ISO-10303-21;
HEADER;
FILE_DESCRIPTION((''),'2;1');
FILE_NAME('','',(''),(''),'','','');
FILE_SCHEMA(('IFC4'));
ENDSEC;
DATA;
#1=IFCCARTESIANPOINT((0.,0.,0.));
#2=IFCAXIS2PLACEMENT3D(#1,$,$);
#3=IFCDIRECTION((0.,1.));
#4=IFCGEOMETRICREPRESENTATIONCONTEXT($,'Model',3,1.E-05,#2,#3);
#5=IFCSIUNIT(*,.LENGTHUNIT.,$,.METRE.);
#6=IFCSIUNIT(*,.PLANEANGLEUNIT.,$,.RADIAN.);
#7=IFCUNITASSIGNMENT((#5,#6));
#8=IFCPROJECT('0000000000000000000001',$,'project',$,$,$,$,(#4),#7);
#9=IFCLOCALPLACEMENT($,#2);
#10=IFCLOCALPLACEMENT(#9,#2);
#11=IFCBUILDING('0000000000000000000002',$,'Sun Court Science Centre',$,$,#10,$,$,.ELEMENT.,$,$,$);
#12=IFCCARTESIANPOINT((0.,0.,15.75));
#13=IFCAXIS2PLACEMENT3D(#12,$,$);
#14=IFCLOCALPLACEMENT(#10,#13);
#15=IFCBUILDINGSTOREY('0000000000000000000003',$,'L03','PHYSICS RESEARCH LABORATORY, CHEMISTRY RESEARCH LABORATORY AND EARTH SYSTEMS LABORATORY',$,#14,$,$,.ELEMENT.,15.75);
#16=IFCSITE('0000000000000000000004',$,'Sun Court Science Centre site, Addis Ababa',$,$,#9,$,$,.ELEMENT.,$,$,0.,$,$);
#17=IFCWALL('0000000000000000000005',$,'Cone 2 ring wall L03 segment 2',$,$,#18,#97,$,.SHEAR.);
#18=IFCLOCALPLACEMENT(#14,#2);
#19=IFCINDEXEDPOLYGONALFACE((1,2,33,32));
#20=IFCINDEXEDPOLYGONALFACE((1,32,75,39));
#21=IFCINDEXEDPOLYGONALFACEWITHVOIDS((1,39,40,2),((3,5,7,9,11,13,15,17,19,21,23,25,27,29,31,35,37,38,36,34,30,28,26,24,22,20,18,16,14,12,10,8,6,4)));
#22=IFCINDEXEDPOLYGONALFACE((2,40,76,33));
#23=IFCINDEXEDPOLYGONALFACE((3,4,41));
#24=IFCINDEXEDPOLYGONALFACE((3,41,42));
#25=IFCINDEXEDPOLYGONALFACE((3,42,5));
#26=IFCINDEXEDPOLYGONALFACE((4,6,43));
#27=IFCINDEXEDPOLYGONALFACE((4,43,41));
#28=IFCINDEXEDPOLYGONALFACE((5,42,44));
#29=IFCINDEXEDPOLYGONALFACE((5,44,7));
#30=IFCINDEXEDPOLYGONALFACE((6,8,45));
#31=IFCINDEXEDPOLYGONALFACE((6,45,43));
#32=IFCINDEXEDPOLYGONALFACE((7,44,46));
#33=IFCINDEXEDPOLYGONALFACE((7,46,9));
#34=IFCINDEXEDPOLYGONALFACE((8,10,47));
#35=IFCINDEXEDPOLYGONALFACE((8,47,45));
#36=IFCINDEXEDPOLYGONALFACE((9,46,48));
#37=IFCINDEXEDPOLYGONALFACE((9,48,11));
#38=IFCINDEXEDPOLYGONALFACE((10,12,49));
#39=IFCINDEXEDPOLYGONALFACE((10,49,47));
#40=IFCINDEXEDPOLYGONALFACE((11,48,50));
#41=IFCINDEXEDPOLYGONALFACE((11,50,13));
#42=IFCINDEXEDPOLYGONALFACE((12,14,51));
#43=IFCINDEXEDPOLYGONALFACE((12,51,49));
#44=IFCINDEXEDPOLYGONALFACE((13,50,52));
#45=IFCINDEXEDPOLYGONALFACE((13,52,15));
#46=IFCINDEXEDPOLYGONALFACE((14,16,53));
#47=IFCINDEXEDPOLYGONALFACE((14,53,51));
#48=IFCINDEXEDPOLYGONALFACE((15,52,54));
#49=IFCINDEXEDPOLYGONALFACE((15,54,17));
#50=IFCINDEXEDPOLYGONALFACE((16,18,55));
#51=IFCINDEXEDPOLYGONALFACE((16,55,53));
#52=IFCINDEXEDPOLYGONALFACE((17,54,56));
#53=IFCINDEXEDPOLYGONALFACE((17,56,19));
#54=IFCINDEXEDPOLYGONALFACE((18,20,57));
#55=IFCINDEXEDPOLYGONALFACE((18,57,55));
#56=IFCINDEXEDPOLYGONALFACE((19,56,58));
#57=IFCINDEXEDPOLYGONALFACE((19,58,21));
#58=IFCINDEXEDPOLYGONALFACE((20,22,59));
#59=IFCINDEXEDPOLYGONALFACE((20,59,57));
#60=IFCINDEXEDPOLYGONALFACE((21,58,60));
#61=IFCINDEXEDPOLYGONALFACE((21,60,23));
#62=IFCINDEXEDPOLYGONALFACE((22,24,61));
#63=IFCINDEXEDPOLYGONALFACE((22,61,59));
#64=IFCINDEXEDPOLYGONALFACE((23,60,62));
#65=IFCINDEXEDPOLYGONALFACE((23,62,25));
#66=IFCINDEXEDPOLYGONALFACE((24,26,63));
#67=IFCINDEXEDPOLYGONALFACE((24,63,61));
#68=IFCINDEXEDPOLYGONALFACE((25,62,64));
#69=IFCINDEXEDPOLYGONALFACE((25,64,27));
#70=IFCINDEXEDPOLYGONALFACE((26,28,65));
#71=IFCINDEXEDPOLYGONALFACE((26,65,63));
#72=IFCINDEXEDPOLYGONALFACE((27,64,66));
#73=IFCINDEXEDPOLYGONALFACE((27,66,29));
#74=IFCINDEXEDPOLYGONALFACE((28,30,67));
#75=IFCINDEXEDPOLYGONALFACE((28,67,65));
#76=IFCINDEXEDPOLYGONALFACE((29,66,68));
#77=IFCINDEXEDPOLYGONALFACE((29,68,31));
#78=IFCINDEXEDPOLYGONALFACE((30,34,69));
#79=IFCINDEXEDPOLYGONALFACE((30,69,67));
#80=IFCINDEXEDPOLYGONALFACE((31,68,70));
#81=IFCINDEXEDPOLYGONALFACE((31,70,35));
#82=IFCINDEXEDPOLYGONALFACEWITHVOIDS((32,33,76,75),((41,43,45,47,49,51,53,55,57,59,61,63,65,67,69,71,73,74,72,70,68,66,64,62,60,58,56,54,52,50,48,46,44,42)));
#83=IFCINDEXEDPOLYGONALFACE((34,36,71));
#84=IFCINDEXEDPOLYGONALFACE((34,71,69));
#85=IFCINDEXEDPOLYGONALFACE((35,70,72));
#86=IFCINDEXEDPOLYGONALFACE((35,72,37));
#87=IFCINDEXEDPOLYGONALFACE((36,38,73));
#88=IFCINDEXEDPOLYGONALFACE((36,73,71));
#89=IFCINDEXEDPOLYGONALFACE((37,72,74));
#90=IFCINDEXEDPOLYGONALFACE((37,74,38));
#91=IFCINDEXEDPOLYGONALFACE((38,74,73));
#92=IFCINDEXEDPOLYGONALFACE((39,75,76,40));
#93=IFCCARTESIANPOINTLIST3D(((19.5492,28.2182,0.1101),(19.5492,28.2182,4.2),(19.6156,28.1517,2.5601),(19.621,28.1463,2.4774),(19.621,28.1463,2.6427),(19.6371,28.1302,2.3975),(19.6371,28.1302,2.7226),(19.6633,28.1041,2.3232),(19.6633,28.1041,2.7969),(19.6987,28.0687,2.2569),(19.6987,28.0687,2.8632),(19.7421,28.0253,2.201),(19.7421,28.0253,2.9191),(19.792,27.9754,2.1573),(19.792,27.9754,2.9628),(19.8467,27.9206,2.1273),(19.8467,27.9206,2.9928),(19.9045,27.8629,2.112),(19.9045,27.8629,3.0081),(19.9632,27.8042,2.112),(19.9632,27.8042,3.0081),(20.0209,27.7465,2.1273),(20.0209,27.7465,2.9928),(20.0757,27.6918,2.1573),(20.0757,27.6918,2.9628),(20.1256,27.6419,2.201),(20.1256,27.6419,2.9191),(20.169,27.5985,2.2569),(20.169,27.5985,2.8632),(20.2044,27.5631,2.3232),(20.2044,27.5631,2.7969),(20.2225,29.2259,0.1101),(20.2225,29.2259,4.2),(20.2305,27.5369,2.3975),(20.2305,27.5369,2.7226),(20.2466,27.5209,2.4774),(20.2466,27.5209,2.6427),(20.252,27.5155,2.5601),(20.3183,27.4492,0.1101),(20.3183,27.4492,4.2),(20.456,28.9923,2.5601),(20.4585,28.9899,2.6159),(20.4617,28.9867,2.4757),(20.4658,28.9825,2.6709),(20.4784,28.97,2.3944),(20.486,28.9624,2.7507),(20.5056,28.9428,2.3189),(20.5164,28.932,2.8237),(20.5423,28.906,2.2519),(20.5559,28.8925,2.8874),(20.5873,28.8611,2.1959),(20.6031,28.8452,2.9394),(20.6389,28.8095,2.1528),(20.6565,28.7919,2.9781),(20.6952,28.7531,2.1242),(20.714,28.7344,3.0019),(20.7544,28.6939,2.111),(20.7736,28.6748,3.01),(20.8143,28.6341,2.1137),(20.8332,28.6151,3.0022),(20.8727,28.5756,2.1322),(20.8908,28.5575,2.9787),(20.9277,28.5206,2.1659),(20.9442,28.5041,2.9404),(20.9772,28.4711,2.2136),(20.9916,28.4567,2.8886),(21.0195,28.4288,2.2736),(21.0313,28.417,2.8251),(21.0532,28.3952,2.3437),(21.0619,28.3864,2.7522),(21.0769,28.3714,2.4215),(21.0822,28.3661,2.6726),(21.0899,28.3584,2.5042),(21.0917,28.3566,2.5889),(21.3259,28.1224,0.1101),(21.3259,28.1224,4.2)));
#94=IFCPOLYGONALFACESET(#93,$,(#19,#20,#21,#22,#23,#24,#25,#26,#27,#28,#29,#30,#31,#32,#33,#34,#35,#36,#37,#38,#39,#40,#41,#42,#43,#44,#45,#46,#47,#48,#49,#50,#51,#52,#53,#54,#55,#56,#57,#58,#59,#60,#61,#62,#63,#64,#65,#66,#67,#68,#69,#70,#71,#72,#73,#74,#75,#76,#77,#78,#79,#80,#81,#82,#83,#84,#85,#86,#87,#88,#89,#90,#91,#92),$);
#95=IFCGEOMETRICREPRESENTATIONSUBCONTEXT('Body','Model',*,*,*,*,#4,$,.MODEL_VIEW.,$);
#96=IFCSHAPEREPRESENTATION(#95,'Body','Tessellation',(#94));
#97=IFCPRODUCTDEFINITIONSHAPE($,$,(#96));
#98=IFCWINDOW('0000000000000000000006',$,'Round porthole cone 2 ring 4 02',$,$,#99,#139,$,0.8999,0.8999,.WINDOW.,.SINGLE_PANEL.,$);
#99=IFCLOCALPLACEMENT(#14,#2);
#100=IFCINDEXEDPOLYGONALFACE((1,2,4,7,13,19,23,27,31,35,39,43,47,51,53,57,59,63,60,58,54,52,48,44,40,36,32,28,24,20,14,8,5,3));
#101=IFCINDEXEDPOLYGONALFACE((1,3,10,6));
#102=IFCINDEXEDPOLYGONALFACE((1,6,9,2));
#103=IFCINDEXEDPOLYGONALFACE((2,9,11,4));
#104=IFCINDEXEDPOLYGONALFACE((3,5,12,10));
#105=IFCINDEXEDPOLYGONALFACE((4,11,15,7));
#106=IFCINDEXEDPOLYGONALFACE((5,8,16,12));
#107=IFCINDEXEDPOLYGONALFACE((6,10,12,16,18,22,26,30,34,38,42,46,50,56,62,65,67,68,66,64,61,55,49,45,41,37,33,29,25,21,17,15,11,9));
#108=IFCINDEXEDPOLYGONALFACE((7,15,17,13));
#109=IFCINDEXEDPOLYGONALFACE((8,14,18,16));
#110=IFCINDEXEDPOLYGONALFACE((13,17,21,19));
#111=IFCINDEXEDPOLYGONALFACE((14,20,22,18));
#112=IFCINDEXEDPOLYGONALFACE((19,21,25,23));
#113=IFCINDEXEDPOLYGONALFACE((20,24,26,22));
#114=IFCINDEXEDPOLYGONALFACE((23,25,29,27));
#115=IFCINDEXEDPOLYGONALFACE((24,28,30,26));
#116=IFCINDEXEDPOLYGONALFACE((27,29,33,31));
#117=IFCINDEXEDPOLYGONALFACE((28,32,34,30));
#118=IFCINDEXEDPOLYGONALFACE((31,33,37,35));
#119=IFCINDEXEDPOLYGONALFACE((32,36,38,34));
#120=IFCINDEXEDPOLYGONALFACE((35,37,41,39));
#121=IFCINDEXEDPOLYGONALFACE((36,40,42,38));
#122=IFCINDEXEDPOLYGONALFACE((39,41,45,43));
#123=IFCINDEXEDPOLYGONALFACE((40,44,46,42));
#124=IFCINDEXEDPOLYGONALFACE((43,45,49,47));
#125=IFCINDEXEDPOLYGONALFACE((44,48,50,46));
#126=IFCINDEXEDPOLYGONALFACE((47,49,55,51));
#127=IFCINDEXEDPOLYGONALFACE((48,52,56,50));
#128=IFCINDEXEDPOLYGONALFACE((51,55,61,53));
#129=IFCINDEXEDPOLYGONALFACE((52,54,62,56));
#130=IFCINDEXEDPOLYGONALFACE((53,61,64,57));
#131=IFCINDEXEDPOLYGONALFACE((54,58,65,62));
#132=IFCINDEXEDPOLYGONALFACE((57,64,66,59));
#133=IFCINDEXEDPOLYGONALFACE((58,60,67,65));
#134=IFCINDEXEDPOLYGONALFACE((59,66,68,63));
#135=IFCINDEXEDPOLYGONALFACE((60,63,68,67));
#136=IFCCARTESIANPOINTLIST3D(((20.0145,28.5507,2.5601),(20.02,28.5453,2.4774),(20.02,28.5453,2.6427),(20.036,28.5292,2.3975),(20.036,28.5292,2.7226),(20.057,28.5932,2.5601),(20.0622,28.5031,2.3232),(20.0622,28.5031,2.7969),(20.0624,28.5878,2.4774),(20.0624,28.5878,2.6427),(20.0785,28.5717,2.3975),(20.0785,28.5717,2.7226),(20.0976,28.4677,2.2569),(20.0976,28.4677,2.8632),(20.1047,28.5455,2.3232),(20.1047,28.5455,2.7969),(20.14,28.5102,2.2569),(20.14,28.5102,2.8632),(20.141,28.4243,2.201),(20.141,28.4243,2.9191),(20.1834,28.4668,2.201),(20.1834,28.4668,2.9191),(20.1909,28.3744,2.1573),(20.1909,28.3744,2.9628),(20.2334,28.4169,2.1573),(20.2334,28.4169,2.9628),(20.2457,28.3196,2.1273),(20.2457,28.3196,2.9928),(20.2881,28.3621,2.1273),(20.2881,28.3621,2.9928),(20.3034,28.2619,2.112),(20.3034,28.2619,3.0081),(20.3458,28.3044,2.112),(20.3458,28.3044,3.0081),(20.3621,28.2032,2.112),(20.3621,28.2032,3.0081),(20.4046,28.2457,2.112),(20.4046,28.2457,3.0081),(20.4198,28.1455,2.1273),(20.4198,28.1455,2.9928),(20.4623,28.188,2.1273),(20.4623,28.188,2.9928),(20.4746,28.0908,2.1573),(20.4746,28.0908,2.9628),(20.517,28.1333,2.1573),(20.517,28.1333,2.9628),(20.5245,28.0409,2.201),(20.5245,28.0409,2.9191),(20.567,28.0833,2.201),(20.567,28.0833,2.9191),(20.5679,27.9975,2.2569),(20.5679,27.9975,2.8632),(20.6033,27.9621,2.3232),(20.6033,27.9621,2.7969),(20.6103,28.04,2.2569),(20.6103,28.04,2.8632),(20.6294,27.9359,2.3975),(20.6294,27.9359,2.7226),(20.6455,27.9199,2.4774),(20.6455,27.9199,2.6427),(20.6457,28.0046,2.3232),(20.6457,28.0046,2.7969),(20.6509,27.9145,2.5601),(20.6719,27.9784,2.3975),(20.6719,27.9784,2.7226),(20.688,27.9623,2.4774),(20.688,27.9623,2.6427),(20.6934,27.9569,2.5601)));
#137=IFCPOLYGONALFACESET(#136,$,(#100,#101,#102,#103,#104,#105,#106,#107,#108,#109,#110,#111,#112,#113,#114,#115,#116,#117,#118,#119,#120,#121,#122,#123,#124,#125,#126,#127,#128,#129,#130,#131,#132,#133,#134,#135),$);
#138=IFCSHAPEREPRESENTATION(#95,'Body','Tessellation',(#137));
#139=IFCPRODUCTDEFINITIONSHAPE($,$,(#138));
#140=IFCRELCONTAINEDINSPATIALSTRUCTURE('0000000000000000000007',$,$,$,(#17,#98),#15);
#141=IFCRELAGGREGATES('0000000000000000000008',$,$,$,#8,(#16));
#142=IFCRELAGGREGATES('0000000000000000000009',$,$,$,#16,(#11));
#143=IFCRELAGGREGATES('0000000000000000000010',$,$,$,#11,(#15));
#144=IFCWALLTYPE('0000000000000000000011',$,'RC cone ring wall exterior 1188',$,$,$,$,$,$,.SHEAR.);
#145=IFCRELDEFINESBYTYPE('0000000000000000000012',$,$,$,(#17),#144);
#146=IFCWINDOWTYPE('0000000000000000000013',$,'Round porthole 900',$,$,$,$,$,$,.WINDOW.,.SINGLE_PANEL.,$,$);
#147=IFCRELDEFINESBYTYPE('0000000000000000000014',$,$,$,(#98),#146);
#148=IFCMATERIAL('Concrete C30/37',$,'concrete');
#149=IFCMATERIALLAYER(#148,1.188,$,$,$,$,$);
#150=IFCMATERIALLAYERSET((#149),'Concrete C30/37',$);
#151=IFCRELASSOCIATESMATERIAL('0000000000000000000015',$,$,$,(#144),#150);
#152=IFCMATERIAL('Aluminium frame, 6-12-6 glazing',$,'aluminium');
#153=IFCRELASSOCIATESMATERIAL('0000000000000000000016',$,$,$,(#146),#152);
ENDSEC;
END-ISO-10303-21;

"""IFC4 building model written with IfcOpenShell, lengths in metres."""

from ifc_helpers import new_model, si_unit, direction, frame, frame_2d, origin, place, context, subcontext, project, spatial, polyline, circle, outline, extrude, material, layer, layer_set, type_object, element, fill, save


model = new_model("IFC4")

# Units and contexts
model_context = context("Model", 3, precision=1e-05, world=origin(), true_north=direction((0.0, 1.0)))
body_context = subcontext(model_context, "Body", "Model", "MODEL_VIEW")
ifc_project = project(units=[si_unit("LENGTHUNIT", "METRE"), si_unit("PLANEANGLEUNIT", "RADIAN")], contexts=[model_context])

# Site, building, storey
site_placement = place(None, origin())
site = spatial("IfcSite", under=ifc_project, at=site_placement, Name="Sun Court Science Centre site, Addis Ababa", CompositionType="ELEMENT", RefElevation=0.0)
building_placement = place(site_placement, origin())
building = spatial("IfcBuilding", under=site, at=building_placement, Name="Sun Court Science Centre", CompositionType="ELEMENT")
storey_placement = place(building_placement, frame((0.0, 0.0, 15.75)))
storey = spatial("IfcBuildingStorey", under=building, at=storey_placement, Name="L03", Description="PHYSICS RESEARCH LABORATORY, CHEMISTRY RESEARCH LABORATORY AND EARTH SYSTEMS LABORATORY", CompositionType="ELEMENT", Elevation=15.75)

# Wall, opening, window
ifc_material_1 = material(Name="Concrete C30/37", Category="concrete")
ifc_layer_1 = layer(ifc_material_1, 1.188)
ifc_layer_set_1 = layer_set([ifc_layer_1], Name="Concrete C30/37")
wall_type_1 = type_object("IfcWallType", Name="RC cone ring wall exterior 1188", PredefinedType="SHEAR", material=ifc_layer_set_1)
ifc_material_2 = material(Name="Aluminium frame, 6-12-6 glazing", Category="aluminium")
window_type = type_object("IfcWindowType", Name="Round porthole 900", PartitioningType="SINGLE_PANEL", PredefinedType="WINDOW", material=ifc_material_2)
wall_1_placement = place(storey_placement, frame((20.9058, 27.7021, 0.1101), z_axis=(0.0, 0.0, 1.0), x_axis=(-0.707185, 0.707029, 0.0)))
wall_1 = element("IfcWall", 1, at=wall_1_placement, inside=storey, type_object=wall_type_1, Name="Cone 2 ring wall L03 segment 2", PredefinedType="SHEAR", context=body_context, shape_type="SweptSolid", body=[
    extrude(outline(polyline([(0.0, -0.5942), (1.5605, -0.5945), (1.3242, 0.5942), (0.2366, 0.5942), (0.0, -0.5942)])), origin(), (0.0, 0.0, 1.0), 4.0898),
])
opening_1_placement = place(wall_1_placement, frame((0.3303, 0.0, 2.0)))
opening_1 = element("IfcOpeningElement", 2, at=opening_1_placement, cuts=wall_1, PredefinedType="OPENING", context=body_context, shape_type="SweptSolid", body=[
    extrude(circle(Radius=0.45, at=frame_2d((0.45, 0.45))), frame((0.0, 0.6042, 0.0), z_axis=(0.0, -1.0, 0.0), x_axis=(1.0, 0.0, 0.0)), (0.0, 0.0, 1.0), 1.2085),
])
window_1_placement = place(opening_1_placement, origin())
window_1 = element("IfcWindow", 3, at=window_1_placement, inside=storey, type_object=window_type, Name="Round porthole cone 2 ring 4 02", OverallHeight=0.8999, OverallWidth=0.8999, PartitioningType="SINGLE_PANEL", PredefinedType="WINDOW", context=body_context, shape_type="SweptSolid", body=[
    extrude(circle(Radius=0.45, at=frame_2d((0.45, 0.45))), frame((0.0, 0.03, 0.0), z_axis=(0.0, -1.0, 0.0), x_axis=(1.0, 0.0, 0.0)), (0.0, 0.0, 1.0), 0.0601),
])
fill(opening_1, window_1)

save(model, "model.ifc")
